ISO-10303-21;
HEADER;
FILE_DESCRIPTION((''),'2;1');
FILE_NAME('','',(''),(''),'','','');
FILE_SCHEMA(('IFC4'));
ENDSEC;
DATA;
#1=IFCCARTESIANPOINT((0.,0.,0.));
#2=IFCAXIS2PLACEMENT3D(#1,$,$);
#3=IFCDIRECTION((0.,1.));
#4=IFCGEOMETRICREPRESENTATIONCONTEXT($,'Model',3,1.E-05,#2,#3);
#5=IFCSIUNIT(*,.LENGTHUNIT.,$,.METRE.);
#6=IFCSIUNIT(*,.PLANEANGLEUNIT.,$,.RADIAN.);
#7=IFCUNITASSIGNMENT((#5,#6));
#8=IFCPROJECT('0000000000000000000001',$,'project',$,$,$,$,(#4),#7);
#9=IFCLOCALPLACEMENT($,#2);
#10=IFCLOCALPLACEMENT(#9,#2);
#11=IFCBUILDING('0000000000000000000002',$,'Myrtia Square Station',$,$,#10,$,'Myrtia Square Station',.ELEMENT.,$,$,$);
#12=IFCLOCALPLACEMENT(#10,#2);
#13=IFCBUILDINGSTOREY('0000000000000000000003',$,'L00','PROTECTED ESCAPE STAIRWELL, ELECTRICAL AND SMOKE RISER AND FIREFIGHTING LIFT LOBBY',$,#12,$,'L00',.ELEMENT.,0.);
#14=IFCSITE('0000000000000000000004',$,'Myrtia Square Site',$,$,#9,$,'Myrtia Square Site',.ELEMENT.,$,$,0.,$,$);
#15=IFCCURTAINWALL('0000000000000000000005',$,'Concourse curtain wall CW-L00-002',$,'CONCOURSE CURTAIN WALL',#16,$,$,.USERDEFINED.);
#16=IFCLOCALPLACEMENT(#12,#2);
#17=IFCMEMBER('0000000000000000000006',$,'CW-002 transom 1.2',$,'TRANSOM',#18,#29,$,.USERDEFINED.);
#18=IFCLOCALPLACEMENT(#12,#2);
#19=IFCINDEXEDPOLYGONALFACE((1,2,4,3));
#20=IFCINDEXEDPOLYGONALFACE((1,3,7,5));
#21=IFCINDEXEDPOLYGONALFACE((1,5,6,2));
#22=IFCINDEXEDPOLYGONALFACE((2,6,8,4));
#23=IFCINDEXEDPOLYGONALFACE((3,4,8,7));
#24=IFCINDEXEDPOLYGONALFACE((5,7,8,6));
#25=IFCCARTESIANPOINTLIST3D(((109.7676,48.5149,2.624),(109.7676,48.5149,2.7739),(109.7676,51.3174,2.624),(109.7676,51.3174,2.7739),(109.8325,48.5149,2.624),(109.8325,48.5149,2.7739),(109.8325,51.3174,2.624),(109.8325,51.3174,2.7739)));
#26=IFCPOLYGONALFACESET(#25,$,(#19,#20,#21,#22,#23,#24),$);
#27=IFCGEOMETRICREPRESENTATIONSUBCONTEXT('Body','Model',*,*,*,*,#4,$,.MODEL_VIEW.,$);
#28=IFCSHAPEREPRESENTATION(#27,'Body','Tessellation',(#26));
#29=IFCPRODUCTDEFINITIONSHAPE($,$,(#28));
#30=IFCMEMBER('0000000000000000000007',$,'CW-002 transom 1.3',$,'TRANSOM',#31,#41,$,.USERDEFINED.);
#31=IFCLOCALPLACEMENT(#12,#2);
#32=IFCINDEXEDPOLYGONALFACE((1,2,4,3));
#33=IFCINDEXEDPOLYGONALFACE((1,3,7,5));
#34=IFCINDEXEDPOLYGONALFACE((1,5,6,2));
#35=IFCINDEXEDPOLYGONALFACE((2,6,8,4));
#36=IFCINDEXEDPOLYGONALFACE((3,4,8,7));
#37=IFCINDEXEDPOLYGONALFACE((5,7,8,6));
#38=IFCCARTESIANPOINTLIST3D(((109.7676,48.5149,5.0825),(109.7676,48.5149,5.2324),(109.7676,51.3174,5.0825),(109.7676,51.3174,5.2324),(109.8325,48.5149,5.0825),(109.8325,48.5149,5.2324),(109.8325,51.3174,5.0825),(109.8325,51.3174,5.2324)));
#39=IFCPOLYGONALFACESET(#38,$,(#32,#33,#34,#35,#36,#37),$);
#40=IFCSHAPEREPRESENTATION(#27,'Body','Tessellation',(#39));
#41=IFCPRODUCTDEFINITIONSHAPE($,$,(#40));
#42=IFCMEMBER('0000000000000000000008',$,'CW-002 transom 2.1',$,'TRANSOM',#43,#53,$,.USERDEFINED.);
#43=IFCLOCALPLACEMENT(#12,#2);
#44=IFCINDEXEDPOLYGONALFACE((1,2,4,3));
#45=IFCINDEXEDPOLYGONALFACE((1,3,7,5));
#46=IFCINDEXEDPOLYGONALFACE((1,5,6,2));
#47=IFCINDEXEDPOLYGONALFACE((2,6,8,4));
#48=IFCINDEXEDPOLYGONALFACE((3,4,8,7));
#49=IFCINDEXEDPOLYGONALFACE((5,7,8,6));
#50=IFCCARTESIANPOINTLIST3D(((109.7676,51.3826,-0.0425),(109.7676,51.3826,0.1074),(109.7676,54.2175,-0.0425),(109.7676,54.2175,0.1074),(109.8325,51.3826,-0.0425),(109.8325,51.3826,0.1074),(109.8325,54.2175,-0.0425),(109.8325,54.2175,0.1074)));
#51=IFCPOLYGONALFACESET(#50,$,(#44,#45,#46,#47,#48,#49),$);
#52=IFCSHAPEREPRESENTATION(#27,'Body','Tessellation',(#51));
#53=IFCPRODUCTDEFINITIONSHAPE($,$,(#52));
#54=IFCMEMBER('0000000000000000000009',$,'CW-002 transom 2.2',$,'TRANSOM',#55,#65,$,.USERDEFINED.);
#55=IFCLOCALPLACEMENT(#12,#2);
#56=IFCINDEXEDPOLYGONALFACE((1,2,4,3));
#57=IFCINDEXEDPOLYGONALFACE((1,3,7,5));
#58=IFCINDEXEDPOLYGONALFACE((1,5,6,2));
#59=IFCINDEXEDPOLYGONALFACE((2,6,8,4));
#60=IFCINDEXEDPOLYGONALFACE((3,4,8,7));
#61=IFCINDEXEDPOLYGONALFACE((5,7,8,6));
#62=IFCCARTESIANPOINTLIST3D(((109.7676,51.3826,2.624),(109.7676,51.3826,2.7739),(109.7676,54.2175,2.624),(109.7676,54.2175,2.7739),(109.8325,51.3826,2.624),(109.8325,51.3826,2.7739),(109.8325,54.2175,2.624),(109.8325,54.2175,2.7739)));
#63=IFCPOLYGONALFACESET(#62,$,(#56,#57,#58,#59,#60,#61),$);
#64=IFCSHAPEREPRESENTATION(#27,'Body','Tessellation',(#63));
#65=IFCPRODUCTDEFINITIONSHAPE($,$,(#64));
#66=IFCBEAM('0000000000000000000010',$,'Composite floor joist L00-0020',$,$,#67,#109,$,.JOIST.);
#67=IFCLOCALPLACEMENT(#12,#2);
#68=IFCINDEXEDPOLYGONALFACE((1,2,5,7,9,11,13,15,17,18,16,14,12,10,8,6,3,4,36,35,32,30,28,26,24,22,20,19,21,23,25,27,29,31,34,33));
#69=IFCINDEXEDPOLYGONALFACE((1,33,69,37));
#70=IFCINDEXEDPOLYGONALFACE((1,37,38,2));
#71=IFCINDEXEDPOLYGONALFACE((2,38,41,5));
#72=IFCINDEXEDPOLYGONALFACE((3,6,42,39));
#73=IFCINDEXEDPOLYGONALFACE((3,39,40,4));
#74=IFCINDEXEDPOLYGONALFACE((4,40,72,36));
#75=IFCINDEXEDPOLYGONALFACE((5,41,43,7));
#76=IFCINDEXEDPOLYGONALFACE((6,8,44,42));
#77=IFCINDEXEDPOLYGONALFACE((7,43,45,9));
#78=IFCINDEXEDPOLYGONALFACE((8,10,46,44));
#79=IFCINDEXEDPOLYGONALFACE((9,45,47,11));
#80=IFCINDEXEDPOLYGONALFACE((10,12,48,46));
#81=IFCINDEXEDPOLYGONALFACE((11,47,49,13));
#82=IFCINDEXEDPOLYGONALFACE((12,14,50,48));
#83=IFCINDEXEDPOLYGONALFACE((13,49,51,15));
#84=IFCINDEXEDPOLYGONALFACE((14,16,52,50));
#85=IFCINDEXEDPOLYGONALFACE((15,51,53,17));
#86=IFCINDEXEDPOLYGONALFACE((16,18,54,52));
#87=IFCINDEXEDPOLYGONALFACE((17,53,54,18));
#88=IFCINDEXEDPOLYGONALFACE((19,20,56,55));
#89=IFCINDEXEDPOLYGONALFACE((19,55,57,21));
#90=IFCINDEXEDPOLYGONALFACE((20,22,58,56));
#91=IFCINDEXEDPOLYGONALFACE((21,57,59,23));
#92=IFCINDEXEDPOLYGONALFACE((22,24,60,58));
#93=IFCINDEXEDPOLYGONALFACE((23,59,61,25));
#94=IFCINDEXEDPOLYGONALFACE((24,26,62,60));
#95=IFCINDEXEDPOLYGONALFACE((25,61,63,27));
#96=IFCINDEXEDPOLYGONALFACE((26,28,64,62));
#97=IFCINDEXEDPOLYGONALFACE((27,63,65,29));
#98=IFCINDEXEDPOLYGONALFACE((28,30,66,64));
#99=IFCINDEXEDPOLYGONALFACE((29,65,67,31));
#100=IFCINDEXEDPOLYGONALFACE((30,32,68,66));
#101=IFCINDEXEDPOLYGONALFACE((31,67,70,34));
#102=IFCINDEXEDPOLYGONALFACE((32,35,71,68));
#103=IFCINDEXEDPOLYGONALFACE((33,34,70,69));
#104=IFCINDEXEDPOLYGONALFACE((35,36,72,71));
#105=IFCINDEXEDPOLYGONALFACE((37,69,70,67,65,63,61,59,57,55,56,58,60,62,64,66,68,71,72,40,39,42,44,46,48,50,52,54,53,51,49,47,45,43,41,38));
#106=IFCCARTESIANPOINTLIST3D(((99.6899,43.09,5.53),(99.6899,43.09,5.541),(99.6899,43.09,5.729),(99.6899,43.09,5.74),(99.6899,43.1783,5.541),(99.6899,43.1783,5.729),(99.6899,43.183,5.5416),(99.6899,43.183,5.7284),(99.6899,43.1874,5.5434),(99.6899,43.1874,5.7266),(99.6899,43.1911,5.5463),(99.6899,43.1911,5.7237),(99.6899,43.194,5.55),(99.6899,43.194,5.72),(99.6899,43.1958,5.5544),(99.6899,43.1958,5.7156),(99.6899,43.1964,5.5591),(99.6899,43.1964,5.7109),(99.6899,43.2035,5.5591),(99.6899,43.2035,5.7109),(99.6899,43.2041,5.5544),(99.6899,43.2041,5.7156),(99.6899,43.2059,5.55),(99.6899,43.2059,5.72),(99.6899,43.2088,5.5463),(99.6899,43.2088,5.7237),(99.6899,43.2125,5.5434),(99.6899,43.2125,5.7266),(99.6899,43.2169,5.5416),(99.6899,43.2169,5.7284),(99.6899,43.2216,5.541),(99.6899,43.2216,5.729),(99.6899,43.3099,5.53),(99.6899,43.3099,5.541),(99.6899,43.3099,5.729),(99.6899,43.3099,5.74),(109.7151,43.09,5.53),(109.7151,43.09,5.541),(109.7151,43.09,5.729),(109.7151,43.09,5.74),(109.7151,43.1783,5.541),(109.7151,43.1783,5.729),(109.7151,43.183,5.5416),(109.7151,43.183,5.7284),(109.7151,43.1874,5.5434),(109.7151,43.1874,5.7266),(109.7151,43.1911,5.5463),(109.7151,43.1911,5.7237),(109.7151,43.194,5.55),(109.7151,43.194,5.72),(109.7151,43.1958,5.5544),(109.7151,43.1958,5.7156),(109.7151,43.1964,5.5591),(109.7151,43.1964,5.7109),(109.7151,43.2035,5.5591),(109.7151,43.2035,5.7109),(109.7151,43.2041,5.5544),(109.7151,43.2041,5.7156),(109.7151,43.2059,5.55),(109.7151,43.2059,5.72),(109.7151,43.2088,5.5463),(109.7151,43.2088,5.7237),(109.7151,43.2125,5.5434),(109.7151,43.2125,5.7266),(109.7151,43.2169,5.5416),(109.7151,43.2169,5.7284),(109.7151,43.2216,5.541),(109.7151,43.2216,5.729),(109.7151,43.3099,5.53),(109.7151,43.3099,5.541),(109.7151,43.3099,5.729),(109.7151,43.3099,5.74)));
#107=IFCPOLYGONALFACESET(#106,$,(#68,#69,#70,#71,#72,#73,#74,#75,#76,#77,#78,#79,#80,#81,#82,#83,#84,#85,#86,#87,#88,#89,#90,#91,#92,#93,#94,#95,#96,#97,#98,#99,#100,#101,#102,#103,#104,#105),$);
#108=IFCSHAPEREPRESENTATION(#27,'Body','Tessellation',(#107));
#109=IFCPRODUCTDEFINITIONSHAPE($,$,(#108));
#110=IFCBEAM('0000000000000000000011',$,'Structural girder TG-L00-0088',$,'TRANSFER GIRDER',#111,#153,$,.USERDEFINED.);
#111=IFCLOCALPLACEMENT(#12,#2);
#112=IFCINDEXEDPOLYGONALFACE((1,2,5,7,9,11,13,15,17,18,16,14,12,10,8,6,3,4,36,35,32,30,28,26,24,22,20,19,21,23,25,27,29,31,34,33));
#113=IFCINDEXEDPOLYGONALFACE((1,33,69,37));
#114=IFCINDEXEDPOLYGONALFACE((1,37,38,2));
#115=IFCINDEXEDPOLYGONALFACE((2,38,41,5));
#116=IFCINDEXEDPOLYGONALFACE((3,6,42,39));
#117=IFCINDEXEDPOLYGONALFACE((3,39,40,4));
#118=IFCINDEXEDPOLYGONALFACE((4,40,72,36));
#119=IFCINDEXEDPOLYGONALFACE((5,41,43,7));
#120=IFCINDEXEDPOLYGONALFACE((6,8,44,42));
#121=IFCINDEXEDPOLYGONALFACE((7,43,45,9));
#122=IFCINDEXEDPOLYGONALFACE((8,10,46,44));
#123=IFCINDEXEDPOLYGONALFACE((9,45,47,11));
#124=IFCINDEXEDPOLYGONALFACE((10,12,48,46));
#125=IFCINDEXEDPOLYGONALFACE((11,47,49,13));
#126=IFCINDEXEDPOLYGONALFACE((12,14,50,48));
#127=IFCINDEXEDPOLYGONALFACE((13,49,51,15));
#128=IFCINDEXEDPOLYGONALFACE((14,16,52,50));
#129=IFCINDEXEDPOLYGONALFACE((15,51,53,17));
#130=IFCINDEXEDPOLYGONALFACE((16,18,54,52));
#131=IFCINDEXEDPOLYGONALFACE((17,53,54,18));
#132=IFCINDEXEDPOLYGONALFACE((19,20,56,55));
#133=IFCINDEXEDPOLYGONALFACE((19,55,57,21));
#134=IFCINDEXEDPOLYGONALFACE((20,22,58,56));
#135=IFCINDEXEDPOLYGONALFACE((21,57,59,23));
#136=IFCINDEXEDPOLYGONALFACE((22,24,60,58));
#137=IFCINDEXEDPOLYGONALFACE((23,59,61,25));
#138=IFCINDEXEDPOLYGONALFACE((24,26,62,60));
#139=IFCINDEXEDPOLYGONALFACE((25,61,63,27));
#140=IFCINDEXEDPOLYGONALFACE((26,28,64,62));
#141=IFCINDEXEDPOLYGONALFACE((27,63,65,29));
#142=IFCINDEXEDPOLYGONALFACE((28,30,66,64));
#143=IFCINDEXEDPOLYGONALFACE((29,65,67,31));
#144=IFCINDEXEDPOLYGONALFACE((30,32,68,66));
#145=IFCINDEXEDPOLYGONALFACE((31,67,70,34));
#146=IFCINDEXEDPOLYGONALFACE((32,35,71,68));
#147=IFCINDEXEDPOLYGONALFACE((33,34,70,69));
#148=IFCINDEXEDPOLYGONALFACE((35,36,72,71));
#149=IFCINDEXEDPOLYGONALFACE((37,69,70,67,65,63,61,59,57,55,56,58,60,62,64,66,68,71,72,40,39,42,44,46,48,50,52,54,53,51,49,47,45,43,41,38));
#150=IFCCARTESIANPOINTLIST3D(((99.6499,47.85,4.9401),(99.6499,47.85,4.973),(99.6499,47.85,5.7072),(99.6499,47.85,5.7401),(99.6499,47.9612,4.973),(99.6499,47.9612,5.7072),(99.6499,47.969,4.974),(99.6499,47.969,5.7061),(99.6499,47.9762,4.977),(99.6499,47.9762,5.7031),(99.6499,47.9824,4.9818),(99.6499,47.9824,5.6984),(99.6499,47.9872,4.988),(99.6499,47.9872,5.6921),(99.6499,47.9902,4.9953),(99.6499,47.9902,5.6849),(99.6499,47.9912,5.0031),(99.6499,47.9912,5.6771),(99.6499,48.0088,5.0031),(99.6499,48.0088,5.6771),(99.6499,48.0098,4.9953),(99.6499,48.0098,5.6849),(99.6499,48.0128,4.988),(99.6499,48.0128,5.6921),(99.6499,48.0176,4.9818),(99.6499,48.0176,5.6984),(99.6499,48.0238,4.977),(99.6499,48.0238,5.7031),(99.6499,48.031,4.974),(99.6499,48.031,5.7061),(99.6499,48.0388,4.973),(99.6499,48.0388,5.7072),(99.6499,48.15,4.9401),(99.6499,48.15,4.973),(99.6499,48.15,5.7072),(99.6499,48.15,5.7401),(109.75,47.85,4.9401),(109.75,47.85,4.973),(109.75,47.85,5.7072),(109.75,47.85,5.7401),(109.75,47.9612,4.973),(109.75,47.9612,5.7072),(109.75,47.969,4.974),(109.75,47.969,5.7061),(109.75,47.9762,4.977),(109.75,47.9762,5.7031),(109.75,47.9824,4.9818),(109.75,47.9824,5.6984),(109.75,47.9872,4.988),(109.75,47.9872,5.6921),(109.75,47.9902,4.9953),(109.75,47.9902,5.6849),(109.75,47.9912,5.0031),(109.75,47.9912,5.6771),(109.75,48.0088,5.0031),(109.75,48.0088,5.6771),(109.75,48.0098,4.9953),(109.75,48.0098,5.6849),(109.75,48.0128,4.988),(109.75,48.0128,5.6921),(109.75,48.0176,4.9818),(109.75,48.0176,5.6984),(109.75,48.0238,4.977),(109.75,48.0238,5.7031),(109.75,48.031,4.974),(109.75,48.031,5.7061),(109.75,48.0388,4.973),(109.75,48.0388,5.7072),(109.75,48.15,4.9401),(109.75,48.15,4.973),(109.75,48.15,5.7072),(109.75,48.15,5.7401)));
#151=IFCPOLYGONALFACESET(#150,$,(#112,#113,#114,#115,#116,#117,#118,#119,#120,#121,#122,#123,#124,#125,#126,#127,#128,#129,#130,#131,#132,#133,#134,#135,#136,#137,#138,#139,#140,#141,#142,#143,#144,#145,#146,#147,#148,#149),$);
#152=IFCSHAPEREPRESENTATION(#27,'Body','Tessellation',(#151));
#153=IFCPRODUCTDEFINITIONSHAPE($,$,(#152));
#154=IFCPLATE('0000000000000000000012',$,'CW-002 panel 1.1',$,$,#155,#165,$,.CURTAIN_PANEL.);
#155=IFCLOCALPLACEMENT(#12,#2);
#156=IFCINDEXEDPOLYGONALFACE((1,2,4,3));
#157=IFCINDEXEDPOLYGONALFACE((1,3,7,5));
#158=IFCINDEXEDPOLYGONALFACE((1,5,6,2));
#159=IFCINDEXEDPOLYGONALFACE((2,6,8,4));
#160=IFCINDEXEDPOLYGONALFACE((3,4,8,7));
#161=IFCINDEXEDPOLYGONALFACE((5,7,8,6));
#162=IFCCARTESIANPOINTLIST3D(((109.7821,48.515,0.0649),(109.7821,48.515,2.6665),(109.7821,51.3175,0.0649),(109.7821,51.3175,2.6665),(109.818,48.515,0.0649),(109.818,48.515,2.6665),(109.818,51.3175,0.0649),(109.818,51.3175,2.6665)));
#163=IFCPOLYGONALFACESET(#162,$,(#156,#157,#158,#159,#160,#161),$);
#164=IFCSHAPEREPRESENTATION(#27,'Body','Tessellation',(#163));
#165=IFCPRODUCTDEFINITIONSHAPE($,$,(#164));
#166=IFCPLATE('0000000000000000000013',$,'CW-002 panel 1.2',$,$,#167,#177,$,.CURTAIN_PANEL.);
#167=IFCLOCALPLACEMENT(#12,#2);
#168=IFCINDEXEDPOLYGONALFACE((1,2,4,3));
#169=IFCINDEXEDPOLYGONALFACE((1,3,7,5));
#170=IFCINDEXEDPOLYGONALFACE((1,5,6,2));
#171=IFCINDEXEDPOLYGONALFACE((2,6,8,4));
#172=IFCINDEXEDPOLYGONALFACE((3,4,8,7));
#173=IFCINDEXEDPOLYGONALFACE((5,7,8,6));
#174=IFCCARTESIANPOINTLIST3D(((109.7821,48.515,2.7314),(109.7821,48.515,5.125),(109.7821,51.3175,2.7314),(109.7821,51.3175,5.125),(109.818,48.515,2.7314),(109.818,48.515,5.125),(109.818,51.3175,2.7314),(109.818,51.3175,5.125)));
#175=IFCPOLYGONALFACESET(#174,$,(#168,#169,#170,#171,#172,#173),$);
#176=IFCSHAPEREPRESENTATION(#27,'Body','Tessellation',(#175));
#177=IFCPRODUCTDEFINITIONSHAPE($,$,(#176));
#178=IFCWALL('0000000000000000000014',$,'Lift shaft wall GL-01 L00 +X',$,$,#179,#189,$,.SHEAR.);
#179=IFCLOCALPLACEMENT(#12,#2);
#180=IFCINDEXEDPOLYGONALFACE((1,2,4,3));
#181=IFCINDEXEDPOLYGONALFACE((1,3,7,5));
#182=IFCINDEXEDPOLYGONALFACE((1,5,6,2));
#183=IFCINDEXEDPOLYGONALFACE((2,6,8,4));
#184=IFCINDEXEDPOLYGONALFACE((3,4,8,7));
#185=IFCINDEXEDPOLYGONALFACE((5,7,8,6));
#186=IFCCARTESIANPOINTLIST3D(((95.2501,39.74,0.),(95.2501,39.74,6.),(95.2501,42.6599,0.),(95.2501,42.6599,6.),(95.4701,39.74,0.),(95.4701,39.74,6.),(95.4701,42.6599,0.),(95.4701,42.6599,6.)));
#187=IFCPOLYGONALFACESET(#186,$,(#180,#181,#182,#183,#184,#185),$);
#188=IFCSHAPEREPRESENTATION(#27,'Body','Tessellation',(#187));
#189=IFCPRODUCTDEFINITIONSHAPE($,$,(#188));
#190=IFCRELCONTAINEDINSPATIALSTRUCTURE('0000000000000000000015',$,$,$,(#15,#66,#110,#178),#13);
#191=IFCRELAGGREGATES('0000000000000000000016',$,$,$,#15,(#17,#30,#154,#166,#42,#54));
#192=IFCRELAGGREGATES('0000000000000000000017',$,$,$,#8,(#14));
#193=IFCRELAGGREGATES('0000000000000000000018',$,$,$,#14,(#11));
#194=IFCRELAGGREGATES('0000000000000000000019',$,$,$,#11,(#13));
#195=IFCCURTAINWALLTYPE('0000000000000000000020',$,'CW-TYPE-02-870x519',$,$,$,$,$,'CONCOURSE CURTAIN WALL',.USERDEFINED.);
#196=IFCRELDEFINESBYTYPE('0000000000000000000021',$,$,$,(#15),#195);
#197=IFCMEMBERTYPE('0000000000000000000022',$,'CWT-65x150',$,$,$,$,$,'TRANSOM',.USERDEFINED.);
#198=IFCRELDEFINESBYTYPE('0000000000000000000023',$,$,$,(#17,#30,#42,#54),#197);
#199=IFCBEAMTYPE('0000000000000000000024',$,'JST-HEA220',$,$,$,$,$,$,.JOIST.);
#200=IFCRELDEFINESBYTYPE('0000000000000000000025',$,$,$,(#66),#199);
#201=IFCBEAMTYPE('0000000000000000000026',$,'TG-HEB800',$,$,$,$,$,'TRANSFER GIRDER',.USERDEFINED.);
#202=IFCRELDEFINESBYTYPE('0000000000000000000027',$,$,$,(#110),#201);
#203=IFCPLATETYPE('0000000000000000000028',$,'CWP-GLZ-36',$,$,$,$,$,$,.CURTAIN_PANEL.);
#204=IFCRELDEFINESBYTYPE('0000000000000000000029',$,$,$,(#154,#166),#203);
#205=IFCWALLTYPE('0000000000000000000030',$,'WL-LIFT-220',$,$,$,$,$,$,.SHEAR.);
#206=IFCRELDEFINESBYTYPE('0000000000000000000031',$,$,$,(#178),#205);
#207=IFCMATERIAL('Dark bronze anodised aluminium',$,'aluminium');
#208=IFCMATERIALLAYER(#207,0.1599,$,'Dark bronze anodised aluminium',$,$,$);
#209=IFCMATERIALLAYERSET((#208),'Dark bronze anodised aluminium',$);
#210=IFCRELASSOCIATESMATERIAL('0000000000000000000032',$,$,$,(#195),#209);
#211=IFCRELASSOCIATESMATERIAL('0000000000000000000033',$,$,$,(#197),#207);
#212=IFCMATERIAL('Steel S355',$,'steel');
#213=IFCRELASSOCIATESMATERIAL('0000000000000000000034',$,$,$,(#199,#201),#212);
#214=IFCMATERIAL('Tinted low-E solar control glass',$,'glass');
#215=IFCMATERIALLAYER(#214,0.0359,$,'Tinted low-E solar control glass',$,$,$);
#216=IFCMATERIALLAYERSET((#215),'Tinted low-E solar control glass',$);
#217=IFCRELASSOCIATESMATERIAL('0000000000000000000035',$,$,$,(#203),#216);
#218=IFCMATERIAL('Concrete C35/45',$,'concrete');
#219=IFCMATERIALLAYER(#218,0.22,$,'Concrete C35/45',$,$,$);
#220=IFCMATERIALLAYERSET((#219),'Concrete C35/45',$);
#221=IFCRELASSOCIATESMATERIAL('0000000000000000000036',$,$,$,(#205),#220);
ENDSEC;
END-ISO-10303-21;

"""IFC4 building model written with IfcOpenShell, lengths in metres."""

from ifc_helpers import new_model, si_unit, direction, frame, frame_2d, origin, origin_2d, place, context, subcontext, project, spatial, rectangle, i_section, extrude, material, layer, layer_set, material_profile, profile_set, type_object, element, aggregate, save


model = new_model("IFC4")

# Units and contexts
model_context = context("Model", 3, precision=1e-05, world=origin(), true_north=direction((0.0, 1.0)))
body_context = subcontext(model_context, "Body", "Model", "MODEL_VIEW")
ifc_project = project(units=[si_unit("LENGTHUNIT", "METRE"), si_unit("PLANEANGLEUNIT", "RADIAN")], contexts=[model_context])

# Site, building, storey
site_placement = place(None, origin())
site = spatial("IfcSite", under=ifc_project, at=site_placement, Name="Myrtia Square Site", LongName="Myrtia Square Site", CompositionType="ELEMENT", RefElevation=0.0)
building_placement = place(site_placement, origin())
building = spatial("IfcBuilding", under=site, at=building_placement, Name="Myrtia Square Station", LongName="Myrtia Square Station", CompositionType="ELEMENT")
storey_placement = place(building_placement, origin())
storey = spatial("IfcBuildingStorey", under=building, at=storey_placement, Name="L00", Description="PROTECTED ESCAPE STAIRWELL, ELECTRICAL AND SMOKE RISER AND FIREFIGHTING LIFT LOBBY", LongName="L00", CompositionType="ELEMENT", Elevation=0.0)

# Shared definitions
ifc_material_1 = material(Name="Steel S355", Category="steel")

# Curtain wall, members
ifc_material_2 = material(Name="Dark bronze anodised aluminium", Category="aluminium")
ifc_layer_1 = layer(ifc_material_2, 0.1599, Name="Dark bronze anodised aluminium")
ifc_layer_set_1 = layer_set([ifc_layer_1], Name="Dark bronze anodised aluminium")
curtain_wall_type = type_object("IfcCurtainWallType", Name="CW-TYPE-02-870x519", ElementType="CONCOURSE CURTAIN WALL", PredefinedType="USERDEFINED", material=ifc_layer_set_1)
curtain_wall_placement = place(storey_placement, origin())
curtain_wall = element("IfcCurtainWall", 1, at=curtain_wall_placement, inside=storey, type_object=curtain_wall_type, Name="Concourse curtain wall CW-L00-002", ObjectType="CONCOURSE CURTAIN WALL", PredefinedType="USERDEFINED")
ifc_material_profile_1 = material_profile(ifc_material_2, rectangle(XDim=0.0649, YDim=0.1499, at=origin_2d()), Name="ALU-T 65x150")
ifc_profile_set_1 = profile_set([ifc_material_profile_1], Name="Dark bronze anodised aluminium")
member_type_1 = type_object("IfcMemberType", Name="CWT-65x150", ElementType="TRANSOM", PredefinedType="USERDEFINED", material=ifc_profile_set_1)
member_1_placement = place(storey_placement, frame((109.8, 48.5149, 2.699), z_axis=(0.0, 1.0, 0.0), x_axis=(-1.0, 0.0, 0.0)))
member_1 = element("IfcMember", 2, at=member_1_placement, type_object=member_type_1, Name="CW-002 transom 1.2", ObjectType="TRANSOM", PredefinedType="USERDEFINED", context=body_context, shape_type="SweptSolid", body=[
    extrude(rectangle(XDim=0.0649, YDim=0.1499, at=origin_2d()), origin(), (0.0, 0.0, 1.0), 2.8025),
])
member_2_placement = place(storey_placement, frame((109.8, 48.5149, 5.1575), z_axis=(0.0, 1.0, 0.0), x_axis=(-1.0, 0.0, 0.0)))
member_2 = element("IfcMember", 3, at=member_2_placement, type_object=member_type_1, Name="CW-002 transom 1.3", ObjectType="TRANSOM", PredefinedType="USERDEFINED", context=body_context, shape_type="SweptSolid", body=[
    extrude(rectangle(XDim=0.0649, YDim=0.1499, at=origin_2d()), origin(), (0.0, 0.0, 1.0), 2.8025),
])
member_3_placement = place(storey_placement, frame((109.8, 51.3826, 0.0325), z_axis=(0.0, 1.0, 0.0), x_axis=(-1.0, 0.0, 0.0)))
member_3 = element("IfcMember", 4, at=member_3_placement, type_object=member_type_1, Name="CW-002 transom 2.1", ObjectType="TRANSOM", PredefinedType="USERDEFINED", context=body_context, shape_type="SweptSolid", body=[
    extrude(rectangle(XDim=0.0649, YDim=0.1499, at=origin_2d()), origin(), (0.0, 0.0, 1.0), 2.835),
])
member_4_placement = place(storey_placement, frame((109.8, 51.3826, 2.699), z_axis=(0.0, 1.0, 0.0), x_axis=(-1.0, 0.0, 0.0)))
member_4 = element("IfcMember", 5, at=member_4_placement, type_object=member_type_1, Name="CW-002 transom 2.2", ObjectType="TRANSOM", PredefinedType="USERDEFINED", context=body_context, shape_type="SweptSolid", body=[
    extrude(rectangle(XDim=0.0649, YDim=0.1499, at=origin_2d()), origin(), (0.0, 0.0, 1.0), 2.835),
])

# Beams
ifc_material_profile_2 = material_profile(ifc_material_1, i_section(OverallWidth=0.22, OverallDepth=0.21, WebThickness=0.0071, FlangeThickness=0.011, FilletRadius=0.0181, at=origin_2d()), Name="HEA 220")
ifc_profile_set_2 = profile_set([ifc_material_profile_2], Name="Steel S355")
beam_type_1 = type_object("IfcBeamType", Name="JST-HEA220", PredefinedType="JOIST", material=ifc_profile_set_2)
beam_1_placement = place(storey_placement, frame((99.6899, 43.2, 5.635), z_axis=(1.0, 0.0, 0.0), x_axis=(0.0, 1.0, 0.0)))
element("IfcBeam", 6, at=beam_1_placement, inside=storey, type_object=beam_type_1, Name="Composite floor joist L00-0020", PredefinedType="JOIST", context=body_context, shape_type="SweptSolid", body=[
    extrude(i_section(OverallWidth=0.22, OverallDepth=0.21, WebThickness=0.0071, FlangeThickness=0.011, FilletRadius=0.0181, at=origin_2d()), origin(), (0.0, 0.0, 1.0), 10.0251),
])
ifc_material_profile_3 = material_profile(ifc_material_1, i_section(OverallWidth=0.3, OverallDepth=0.8, WebThickness=0.0176, FlangeThickness=0.033, FilletRadius=0.03, at=origin_2d()), Name="HEB 800")
ifc_profile_set_3 = profile_set([ifc_material_profile_3], Name="Steel S355")
beam_type_2 = type_object("IfcBeamType", Name="TG-HEB800", ElementType="TRANSFER GIRDER", PredefinedType="USERDEFINED", material=ifc_profile_set_3)
beam_2_placement = place(storey_placement, frame((99.6499, 48.0, 5.3401), z_axis=(1.0, 0.0, 0.0), x_axis=(0.0, 1.0, 0.0)))
element("IfcBeam", 7, at=beam_2_placement, inside=storey, type_object=beam_type_2, Name="Structural girder TG-L00-0088", ObjectType="TRANSFER GIRDER", PredefinedType="USERDEFINED", context=body_context, shape_type="SweptSolid", body=[
    extrude(i_section(OverallWidth=0.3, OverallDepth=0.8, WebThickness=0.0176, FlangeThickness=0.033, FilletRadius=0.03, at=origin_2d()), origin(), (0.0, 0.0, 1.0), 10.1001),
])

# Plates
ifc_material_3 = material(Name="Tinted low-E solar control glass", Category="glass")
ifc_layer_2 = layer(ifc_material_3, 0.0359, Name="Tinted low-E solar control glass")
ifc_layer_set_2 = layer_set([ifc_layer_2], Name="Tinted low-E solar control glass")
plate_type = type_object("IfcPlateType", Name="CWP-GLZ-36", PredefinedType="CURTAIN_PANEL", material=ifc_layer_set_2)
plate_1_placement = place(storey_placement, frame((109.8, 49.9163, 0.0649), z_axis=(0.0, 0.0, 1.0), x_axis=(0.0, 1.0, 0.0)))
plate_1 = element("IfcPlate", 8, at=plate_1_placement, type_object=plate_type, Name="CW-002 panel 1.1", PredefinedType="CURTAIN_PANEL", context=body_context, shape_type="SweptSolid", body=[
    extrude(rectangle(XDim=2.8025, YDim=0.0359, at=origin_2d()), origin(), (0.0, 0.0, 1.0), 2.6016),
])
plate_2_placement = place(storey_placement, frame((109.8, 49.9163, 2.7314), z_axis=(0.0, 0.0, 1.0), x_axis=(0.0, 1.0, 0.0)))
plate_2 = element("IfcPlate", 9, at=plate_2_placement, type_object=plate_type, Name="CW-002 panel 1.2", PredefinedType="CURTAIN_PANEL", context=body_context, shape_type="SweptSolid", body=[
    extrude(rectangle(XDim=2.8025, YDim=0.0359, at=origin_2d()), origin(), (0.0, 0.0, 1.0), 2.3936),
])
aggregate(curtain_wall, [member_1, member_2, plate_1, plate_2, member_3, member_4])

# Wall
ifc_material_4 = material(Name="Concrete C35/45", Category="concrete")
ifc_layer_3 = layer(ifc_material_4, 0.22, Name="Concrete C35/45")
ifc_layer_set_3 = layer_set([ifc_layer_3], Name="Concrete C35/45")
wall_type_1 = type_object("IfcWallType", Name="WL-LIFT-220", PredefinedType="SHEAR", material=ifc_layer_set_3)
wall_1_placement = place(storey_placement, frame((95.3601, 39.74, 0.0), z_axis=(0.0, 0.0, 1.0), x_axis=(0.0, 1.0, 0.0)))
element("IfcWall", 10, at=wall_1_placement, inside=storey, type_object=wall_type_1, Name="Lift shaft wall GL-01 L00 +X", PredefinedType="SHEAR", context=body_context, shape_type="SweptSolid", body=[
    extrude(rectangle(XDim=2.9199, YDim=0.22, at=frame_2d((1.46, 0.0))), origin(), (0.0, 0.0, 1.0), 6.0),
])

save(model, "model.ifc")
